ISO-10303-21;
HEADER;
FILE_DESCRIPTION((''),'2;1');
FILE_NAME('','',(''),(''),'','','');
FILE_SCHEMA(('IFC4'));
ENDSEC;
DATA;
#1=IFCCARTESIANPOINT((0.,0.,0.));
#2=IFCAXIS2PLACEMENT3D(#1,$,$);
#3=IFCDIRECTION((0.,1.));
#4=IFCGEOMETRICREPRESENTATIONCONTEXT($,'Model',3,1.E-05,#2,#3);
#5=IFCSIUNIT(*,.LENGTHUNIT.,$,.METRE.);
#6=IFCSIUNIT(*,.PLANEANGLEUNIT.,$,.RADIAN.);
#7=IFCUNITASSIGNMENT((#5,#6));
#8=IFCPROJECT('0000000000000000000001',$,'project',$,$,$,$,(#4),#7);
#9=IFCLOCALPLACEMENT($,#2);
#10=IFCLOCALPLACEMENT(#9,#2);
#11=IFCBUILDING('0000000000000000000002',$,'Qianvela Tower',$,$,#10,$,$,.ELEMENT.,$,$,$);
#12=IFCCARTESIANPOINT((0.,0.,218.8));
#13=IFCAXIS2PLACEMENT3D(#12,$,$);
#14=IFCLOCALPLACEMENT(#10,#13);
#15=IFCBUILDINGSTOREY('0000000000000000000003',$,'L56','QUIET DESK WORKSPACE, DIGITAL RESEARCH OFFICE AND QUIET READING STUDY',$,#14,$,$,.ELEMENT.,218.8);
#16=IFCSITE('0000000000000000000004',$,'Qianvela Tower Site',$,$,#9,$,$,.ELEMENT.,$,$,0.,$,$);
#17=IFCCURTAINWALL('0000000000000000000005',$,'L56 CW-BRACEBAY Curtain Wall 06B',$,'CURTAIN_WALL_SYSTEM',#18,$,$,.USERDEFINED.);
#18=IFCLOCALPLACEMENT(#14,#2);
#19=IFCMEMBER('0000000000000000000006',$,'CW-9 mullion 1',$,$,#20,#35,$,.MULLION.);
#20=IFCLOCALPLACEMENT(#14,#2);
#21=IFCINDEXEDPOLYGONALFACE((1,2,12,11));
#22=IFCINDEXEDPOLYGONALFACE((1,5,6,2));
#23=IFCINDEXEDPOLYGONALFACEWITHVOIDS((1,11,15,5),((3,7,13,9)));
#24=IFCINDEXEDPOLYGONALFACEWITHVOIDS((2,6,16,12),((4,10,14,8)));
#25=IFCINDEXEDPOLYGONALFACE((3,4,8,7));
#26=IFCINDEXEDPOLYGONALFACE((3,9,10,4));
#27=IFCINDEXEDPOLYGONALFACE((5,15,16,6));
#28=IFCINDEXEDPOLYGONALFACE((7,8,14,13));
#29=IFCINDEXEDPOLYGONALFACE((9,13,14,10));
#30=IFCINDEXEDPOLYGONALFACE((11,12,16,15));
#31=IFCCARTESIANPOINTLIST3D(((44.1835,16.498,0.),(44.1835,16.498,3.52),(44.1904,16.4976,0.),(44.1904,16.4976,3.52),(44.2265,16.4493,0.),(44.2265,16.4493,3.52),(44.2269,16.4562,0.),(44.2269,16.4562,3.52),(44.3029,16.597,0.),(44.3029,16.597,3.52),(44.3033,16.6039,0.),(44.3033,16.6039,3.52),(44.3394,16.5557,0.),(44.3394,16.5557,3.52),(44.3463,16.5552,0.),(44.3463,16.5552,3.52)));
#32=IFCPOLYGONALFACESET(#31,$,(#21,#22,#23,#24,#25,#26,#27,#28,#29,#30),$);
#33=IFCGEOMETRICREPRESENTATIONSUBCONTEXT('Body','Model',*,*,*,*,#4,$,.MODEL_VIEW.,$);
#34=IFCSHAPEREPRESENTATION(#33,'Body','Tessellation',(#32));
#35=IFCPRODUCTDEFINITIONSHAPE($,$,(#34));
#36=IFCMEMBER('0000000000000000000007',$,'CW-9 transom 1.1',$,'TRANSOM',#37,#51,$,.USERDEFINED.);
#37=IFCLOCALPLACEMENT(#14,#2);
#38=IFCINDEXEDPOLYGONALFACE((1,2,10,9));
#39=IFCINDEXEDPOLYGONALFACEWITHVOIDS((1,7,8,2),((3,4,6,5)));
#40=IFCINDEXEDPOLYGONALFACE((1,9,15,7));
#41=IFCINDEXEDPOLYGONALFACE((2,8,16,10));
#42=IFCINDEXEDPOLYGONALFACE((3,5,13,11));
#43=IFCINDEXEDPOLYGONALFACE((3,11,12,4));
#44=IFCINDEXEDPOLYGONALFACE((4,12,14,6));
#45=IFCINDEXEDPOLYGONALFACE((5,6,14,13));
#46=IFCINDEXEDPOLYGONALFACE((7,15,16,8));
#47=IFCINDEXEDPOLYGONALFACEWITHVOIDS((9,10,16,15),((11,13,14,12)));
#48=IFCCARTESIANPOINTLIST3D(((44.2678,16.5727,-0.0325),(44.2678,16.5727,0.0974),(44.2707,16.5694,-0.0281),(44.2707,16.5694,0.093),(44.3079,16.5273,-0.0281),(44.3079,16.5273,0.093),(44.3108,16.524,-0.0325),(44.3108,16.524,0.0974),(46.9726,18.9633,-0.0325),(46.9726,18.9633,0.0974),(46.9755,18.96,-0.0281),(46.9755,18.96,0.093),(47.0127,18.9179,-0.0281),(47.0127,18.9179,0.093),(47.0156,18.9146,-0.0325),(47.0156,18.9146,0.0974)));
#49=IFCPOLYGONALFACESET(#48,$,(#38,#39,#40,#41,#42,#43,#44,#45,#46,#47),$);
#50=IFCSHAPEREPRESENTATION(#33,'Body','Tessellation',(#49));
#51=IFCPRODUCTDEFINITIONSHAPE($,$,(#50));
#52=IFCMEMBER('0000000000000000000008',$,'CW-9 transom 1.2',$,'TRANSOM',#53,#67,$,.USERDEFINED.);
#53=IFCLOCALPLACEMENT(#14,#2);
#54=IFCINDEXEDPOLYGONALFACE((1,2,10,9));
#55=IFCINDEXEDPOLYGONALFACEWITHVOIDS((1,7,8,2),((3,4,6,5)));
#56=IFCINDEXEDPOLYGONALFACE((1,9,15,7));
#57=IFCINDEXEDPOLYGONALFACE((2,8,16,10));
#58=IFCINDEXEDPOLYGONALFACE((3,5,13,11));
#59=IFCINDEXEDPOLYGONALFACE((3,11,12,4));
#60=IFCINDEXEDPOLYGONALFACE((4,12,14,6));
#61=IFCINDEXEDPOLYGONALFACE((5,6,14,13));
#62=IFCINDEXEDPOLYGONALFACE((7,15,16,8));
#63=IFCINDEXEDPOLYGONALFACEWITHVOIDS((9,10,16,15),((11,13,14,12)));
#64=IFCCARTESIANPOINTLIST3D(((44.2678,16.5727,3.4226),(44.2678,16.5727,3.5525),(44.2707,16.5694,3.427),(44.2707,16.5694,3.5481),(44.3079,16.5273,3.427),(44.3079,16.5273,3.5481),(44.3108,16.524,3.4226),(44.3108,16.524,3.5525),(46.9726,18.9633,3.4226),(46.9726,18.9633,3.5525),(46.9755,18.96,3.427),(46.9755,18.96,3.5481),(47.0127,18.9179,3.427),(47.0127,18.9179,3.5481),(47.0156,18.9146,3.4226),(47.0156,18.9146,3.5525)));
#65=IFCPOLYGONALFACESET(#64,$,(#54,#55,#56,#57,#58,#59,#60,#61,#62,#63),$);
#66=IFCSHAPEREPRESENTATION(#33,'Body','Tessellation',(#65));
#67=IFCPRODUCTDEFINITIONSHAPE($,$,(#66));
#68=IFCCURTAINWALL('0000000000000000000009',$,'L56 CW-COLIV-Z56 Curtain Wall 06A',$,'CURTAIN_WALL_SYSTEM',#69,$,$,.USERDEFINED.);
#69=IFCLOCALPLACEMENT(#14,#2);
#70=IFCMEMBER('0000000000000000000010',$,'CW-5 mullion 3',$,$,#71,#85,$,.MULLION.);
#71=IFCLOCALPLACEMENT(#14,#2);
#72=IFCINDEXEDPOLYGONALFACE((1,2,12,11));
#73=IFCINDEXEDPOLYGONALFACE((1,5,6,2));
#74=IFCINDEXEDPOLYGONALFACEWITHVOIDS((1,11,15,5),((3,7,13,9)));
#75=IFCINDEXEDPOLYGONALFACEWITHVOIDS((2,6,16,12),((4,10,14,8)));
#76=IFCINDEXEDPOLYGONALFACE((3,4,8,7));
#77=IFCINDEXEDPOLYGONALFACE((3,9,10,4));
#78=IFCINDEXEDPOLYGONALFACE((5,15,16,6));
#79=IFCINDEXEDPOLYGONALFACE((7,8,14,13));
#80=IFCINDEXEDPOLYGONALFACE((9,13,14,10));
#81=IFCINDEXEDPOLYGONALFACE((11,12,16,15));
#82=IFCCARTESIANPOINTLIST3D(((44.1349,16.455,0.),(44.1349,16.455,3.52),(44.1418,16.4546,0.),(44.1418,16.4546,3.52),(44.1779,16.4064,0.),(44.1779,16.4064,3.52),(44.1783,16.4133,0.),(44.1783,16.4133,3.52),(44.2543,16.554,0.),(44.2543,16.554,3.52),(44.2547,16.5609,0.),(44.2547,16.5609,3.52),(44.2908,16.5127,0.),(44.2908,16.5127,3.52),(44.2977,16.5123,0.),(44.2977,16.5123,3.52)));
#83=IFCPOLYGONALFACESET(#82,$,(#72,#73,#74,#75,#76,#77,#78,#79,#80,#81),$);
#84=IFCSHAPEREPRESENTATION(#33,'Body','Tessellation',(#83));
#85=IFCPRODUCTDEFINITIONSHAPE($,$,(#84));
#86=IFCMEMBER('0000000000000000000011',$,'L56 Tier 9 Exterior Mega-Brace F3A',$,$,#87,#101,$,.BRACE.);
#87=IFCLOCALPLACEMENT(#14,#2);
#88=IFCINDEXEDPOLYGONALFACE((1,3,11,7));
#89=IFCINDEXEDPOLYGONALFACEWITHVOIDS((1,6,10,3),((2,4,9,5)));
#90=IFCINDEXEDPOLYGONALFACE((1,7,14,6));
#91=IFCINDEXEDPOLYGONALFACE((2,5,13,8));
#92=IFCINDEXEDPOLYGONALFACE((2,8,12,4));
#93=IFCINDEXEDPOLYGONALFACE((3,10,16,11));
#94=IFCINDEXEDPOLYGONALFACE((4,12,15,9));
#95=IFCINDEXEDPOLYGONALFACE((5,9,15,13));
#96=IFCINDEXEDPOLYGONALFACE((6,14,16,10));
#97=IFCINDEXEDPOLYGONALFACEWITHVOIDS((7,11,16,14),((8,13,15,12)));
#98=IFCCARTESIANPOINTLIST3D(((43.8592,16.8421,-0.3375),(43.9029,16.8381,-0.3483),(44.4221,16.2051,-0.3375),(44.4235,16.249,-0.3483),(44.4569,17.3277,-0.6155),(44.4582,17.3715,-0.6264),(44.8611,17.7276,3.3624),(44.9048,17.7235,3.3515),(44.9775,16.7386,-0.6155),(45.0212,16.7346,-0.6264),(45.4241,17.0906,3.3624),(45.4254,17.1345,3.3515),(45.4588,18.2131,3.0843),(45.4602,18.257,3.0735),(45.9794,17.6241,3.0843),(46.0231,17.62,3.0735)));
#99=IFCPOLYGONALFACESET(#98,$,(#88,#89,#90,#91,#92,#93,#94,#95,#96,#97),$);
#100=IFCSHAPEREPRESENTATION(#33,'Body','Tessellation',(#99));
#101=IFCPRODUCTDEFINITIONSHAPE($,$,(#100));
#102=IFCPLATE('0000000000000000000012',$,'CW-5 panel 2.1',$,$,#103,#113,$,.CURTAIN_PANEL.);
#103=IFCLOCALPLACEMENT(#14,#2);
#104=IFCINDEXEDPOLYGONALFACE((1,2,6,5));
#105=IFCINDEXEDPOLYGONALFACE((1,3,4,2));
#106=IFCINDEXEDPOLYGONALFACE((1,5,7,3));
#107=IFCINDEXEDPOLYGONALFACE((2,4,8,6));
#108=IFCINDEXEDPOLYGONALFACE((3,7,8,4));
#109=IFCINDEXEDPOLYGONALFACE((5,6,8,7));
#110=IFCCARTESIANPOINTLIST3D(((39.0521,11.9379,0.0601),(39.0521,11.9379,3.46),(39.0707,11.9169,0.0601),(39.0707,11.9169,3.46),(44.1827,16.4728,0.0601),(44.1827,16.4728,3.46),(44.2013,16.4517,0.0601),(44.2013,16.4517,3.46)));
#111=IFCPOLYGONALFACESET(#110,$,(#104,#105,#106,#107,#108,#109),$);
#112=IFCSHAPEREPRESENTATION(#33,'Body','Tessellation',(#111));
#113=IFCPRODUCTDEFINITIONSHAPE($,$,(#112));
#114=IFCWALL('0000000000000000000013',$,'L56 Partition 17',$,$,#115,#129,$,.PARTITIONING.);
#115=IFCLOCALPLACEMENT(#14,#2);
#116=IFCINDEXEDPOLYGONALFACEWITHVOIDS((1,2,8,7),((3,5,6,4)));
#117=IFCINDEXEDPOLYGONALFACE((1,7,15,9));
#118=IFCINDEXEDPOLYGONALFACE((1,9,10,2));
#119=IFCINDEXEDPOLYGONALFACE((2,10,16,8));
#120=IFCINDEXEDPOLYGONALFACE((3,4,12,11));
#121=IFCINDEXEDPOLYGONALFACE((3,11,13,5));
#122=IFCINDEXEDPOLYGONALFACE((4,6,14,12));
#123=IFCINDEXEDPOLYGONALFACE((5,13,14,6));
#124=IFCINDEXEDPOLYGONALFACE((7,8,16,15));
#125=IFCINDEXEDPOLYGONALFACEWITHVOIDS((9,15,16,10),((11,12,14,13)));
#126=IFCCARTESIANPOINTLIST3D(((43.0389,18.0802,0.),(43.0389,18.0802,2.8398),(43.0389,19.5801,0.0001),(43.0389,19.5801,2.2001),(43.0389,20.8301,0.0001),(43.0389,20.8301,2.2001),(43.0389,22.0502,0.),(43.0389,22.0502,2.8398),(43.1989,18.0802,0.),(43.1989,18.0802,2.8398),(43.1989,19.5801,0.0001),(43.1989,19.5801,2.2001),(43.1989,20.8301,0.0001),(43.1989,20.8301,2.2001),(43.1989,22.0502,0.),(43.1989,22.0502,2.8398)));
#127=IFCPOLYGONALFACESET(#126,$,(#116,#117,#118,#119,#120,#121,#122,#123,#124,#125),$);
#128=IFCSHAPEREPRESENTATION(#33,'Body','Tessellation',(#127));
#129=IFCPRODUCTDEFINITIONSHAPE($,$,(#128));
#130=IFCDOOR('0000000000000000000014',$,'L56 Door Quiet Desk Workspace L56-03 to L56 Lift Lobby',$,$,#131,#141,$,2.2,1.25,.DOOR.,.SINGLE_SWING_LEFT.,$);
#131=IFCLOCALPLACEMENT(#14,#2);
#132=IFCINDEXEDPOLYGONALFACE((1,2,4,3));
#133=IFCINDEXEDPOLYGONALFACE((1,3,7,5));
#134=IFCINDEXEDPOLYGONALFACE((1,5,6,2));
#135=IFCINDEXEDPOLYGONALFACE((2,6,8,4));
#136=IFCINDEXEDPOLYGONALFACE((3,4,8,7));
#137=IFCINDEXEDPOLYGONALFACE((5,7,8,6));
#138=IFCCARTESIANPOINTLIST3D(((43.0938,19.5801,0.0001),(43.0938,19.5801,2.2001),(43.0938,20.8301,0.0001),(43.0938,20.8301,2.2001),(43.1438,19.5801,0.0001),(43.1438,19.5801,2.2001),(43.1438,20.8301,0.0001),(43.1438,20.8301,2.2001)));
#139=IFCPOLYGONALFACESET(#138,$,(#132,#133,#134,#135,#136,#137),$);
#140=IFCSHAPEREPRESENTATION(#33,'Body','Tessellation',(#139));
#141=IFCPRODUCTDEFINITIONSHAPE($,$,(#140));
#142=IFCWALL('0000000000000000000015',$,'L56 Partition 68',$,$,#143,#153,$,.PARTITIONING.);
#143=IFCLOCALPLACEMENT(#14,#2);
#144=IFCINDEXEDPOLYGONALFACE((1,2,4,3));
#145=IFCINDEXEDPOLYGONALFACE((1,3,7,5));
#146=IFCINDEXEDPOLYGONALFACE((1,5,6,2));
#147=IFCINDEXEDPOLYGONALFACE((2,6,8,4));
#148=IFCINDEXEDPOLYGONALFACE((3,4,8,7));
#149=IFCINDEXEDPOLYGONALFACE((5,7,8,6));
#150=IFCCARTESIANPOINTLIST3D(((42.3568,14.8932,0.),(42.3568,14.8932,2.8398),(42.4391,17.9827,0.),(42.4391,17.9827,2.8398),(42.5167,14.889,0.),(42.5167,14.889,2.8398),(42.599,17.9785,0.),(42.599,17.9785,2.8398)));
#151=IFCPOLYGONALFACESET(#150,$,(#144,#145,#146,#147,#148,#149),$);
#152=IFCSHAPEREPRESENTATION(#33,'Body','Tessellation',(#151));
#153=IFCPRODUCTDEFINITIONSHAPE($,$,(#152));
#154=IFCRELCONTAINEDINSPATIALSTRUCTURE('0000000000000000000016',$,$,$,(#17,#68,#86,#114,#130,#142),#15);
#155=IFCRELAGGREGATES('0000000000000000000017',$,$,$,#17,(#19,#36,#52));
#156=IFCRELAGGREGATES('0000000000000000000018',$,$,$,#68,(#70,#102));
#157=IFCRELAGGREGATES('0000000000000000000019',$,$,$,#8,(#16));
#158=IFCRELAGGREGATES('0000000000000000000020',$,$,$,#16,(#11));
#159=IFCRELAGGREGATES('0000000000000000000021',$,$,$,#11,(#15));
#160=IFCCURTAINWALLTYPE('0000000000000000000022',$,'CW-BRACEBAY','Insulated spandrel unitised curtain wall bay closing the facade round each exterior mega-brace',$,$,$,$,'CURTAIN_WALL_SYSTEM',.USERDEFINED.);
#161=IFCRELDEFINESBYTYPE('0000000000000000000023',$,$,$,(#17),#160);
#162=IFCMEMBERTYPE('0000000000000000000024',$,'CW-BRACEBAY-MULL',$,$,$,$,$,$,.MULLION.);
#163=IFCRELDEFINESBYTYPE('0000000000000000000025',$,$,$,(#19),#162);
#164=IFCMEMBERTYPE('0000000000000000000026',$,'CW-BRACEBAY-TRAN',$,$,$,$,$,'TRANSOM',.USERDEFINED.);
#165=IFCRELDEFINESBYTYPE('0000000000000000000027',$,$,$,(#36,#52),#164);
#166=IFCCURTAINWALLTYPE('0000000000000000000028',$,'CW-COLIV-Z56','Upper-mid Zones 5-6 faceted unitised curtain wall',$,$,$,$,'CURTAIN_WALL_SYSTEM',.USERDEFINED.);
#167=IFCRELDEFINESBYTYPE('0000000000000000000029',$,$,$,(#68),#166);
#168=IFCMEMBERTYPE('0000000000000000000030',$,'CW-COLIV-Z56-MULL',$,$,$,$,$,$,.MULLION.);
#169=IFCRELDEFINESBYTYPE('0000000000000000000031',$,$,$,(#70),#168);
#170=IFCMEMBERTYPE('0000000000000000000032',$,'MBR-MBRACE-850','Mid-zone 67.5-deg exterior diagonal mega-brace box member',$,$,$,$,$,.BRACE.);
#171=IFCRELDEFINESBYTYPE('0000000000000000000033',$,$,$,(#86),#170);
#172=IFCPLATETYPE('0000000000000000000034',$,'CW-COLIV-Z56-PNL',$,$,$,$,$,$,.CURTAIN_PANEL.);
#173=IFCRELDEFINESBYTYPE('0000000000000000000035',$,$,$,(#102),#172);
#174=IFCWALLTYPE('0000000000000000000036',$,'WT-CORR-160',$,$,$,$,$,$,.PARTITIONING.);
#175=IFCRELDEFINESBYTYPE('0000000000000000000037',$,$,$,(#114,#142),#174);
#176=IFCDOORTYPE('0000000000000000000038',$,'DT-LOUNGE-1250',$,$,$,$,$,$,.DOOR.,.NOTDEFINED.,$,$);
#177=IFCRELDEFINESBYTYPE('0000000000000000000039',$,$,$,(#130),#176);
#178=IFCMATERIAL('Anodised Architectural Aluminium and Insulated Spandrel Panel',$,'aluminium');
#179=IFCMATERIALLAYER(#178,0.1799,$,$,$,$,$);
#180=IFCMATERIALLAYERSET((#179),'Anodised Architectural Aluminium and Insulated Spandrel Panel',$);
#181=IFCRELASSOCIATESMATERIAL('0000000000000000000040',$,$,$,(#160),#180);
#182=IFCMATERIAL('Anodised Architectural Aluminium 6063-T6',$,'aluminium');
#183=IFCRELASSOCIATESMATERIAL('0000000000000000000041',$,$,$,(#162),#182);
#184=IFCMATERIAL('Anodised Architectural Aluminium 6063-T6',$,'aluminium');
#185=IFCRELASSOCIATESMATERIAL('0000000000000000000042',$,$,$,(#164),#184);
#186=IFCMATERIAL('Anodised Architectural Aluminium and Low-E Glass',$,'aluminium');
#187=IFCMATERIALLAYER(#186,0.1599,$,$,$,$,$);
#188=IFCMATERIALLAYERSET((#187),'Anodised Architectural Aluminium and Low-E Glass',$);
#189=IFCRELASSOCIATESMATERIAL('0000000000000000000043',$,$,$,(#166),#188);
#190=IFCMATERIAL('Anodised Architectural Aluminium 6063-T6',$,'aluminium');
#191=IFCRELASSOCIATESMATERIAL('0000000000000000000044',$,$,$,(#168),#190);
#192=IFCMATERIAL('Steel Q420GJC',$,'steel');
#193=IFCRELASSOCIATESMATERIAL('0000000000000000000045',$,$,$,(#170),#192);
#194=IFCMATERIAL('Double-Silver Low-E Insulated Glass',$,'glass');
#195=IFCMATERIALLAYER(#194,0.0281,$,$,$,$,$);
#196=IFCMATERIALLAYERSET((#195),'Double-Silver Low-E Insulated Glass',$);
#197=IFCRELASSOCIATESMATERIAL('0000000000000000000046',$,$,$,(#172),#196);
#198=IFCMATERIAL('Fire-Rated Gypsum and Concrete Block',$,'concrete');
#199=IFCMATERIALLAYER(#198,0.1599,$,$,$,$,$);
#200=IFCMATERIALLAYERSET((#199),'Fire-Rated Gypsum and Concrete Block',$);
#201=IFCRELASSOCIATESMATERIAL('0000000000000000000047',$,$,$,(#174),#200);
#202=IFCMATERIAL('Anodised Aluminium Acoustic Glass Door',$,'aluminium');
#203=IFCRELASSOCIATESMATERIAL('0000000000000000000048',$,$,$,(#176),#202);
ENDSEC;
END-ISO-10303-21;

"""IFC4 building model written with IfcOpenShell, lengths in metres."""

from ifc_helpers import new_model, si_unit, direction, frame, frame_2d, origin, origin_2d, place, context, subcontext, project, spatial, rectangle, hollow_rectangle, extrude, material, layer, layer_set, material_profile, profile_set, type_object, element, fill, aggregate, save


model = new_model("IFC4")

# Units and contexts
model_context = context("Model", 3, precision=1e-05, world=origin(), true_north=direction((0.0, 1.0)))
body_context = subcontext(model_context, "Body", "Model", "MODEL_VIEW")
ifc_project = project(units=[si_unit("LENGTHUNIT", "METRE"), si_unit("PLANEANGLEUNIT", "RADIAN")], contexts=[model_context])

# Site, building, storey
site_placement = place(None, origin())
site = spatial("IfcSite", under=ifc_project, at=site_placement, Name="Qianvela Tower Site", CompositionType="ELEMENT", RefElevation=0.0)
building_placement = place(site_placement, origin())
building = spatial("IfcBuilding", under=site, at=building_placement, Name="Qianvela Tower", CompositionType="ELEMENT")
storey_placement = place(building_placement, frame((0.0, 0.0, 218.8)))
storey = spatial("IfcBuildingStorey", under=building, at=storey_placement, Name="L56", Description="QUIET DESK WORKSPACE, DIGITAL RESEARCH OFFICE AND QUIET READING STUDY", CompositionType="ELEMENT", Elevation=218.8)

# Curtain wall, members
ifc_material_1 = material(Name="Anodised Architectural Aluminium and Insulated Spandrel Panel", Category="aluminium")
ifc_layer_1 = layer(ifc_material_1, 0.1799)
ifc_layer_set_1 = layer_set([ifc_layer_1], Name="Anodised Architectural Aluminium and Insulated Spandrel Panel")
curtain_wall_type_1 = type_object("IfcCurtainWallType", Name="CW-BRACEBAY", Description="Insulated spandrel unitised curtain wall bay closing the facade round each exterior mega-brace", ElementType="CURTAIN_WALL_SYSTEM", PredefinedType="USERDEFINED", material=ifc_layer_set_1)
curtain_wall_1_placement = place(storey_placement, origin())
curtain_wall_1 = element("IfcCurtainWall", 1, at=curtain_wall_1_placement, inside=storey, type_object=curtain_wall_type_1, Name="L56 CW-BRACEBAY Curtain Wall 06B", ObjectType="CURTAIN_WALL_SYSTEM", PredefinedType="USERDEFINED")
ifc_material_2 = material(Name="Anodised Architectural Aluminium 6063-T6", Category="aluminium")
ifc_material_profile_1 = material_profile(ifc_material_2, hollow_rectangle(XDim=0.0649, YDim=0.1599, WallThickness=0.0049, at=origin_2d()), Name="ALU-MULL-65x160")
ifc_profile_set_1 = profile_set([ifc_material_profile_1], Name="Anodised Architectural Aluminium 6063-T6")
member_type_1 = type_object("IfcMemberType", Name="CW-BRACEBAY-MULL", PredefinedType="MULLION", material=ifc_profile_set_1)
member_1_placement = place(storey_placement, frame((44.2649, 16.5266, 0.0), z_axis=(0.0, 0.0, 1.0), x_axis=(-0.662265, 0.74927, 0.0)))
member_1 = element("IfcMember", 2, at=member_1_placement, type_object=member_type_1, Name="CW-9 mullion 1", PredefinedType="MULLION", context=body_context, shape_type="SweptSolid", body=[
    extrude(hollow_rectangle(XDim=0.0649, YDim=0.1599, WallThickness=0.0049, at=origin_2d()), origin(), (0.0, 0.0, 1.0), 3.52),
])
ifc_material_3 = material(Name="Anodised Architectural Aluminium 6063-T6", Category="aluminium")
ifc_material_profile_2 = material_profile(ifc_material_3, hollow_rectangle(XDim=0.0649, YDim=0.1299, WallThickness=0.0044, at=origin_2d()), Name="ALU-TRAN-65x130")
ifc_profile_set_2 = profile_set([ifc_material_profile_2], Name="Anodised Architectural Aluminium 6063-T6")
member_type_2 = type_object("IfcMemberType", Name="CW-BRACEBAY-TRAN", ElementType="TRANSOM", PredefinedType="USERDEFINED", material=ifc_profile_set_2)
member_2_placement = place(storey_placement, frame((44.2893, 16.5483, 0.0325), z_axis=(0.749287, 0.662245, 0.0), x_axis=(-0.662245, 0.749287, 0.0)))
member_2 = element("IfcMember", 3, at=member_2_placement, type_object=member_type_2, Name="CW-9 transom 1.1", ObjectType="TRANSOM", PredefinedType="USERDEFINED", context=body_context, shape_type="SweptSolid", body=[
    extrude(hollow_rectangle(XDim=0.0649, YDim=0.1299, WallThickness=0.0044, at=origin_2d()), origin(), (0.0, 0.0, 1.0), 3.6099),
])
member_3_placement = place(storey_placement, frame((44.2893, 16.5483, 3.4875), z_axis=(0.749287, 0.662245, 0.0), x_axis=(-0.662245, 0.749287, 0.0)))
member_3 = element("IfcMember", 4, at=member_3_placement, type_object=member_type_2, Name="CW-9 transom 1.2", ObjectType="TRANSOM", PredefinedType="USERDEFINED", context=body_context, shape_type="SweptSolid", body=[
    extrude(hollow_rectangle(XDim=0.0649, YDim=0.1299, WallThickness=0.0044, at=origin_2d()), origin(), (0.0, 0.0, 1.0), 3.6099),
])
aggregate(curtain_wall_1, [member_1, member_2, member_3])

# Curtain wall, member
ifc_material_4 = material(Name="Anodised Architectural Aluminium and Low-E Glass", Category="aluminium")
ifc_layer_2 = layer(ifc_material_4, 0.1599)
ifc_layer_set_2 = layer_set([ifc_layer_2], Name="Anodised Architectural Aluminium and Low-E Glass")
curtain_wall_type_2 = type_object("IfcCurtainWallType", Name="CW-COLIV-Z56", Description="Upper-mid Zones 5-6 faceted unitised curtain wall", ElementType="CURTAIN_WALL_SYSTEM", PredefinedType="USERDEFINED", material=ifc_layer_set_2)
curtain_wall_2_placement = place(storey_placement, origin())
curtain_wall_2 = element("IfcCurtainWall", 5, at=curtain_wall_2_placement, inside=storey, type_object=curtain_wall_type_2, Name="L56 CW-COLIV-Z56 Curtain Wall 06A", ObjectType="CURTAIN_WALL_SYSTEM", PredefinedType="USERDEFINED")
ifc_material_5 = material(Name="Anodised Architectural Aluminium 6063-T6", Category="aluminium")
ifc_material_profile_3 = material_profile(ifc_material_5, hollow_rectangle(XDim=0.0649, YDim=0.1599, WallThickness=0.0049, at=origin_2d()), Name="ALU-MULL-65x160")
ifc_profile_set_3 = profile_set([ifc_material_profile_3], Name="Anodised Architectural Aluminium 6063-T6")
member_type_3 = type_object("IfcMemberType", Name="CW-COLIV-Z56-MULL", PredefinedType="MULLION", material=ifc_profile_set_3)
member_4_placement = place(storey_placement, frame((44.2163, 16.4836, 0.0), z_axis=(0.0, 0.0, 1.0), x_axis=(-0.662269, 0.749267, 0.0)))
member_4 = element("IfcMember", 6, at=member_4_placement, type_object=member_type_3, Name="CW-5 mullion 3", PredefinedType="MULLION", context=body_context, shape_type="SweptSolid", body=[
    extrude(hollow_rectangle(XDim=0.0649, YDim=0.1599, WallThickness=0.0049, at=origin_2d()), origin(), (0.0, 0.0, 1.0), 3.52),
])

# Member
ifc_material_6 = material(Name="Steel Q420GJC", Category="steel")
ifc_material_profile_4 = material_profile(ifc_material_6, hollow_rectangle(XDim=0.8501, YDim=0.8501, WallThickness=0.032, at=origin_2d()), Name="MBOX-850x850x32")
ifc_profile_set_4 = profile_set([ifc_material_profile_4], Name="Steel Q420GJC")
member_type_4 = type_object("IfcMemberType", Name="MBR-MBRACE-850", Description="Mid-zone 67.5-deg exterior diagonal mega-brace box member", PredefinedType="BRACE", material=ifc_profile_set_4)
member_5_placement = place(storey_placement, frame((44.4402, 16.7883, -0.4819), z_axis=(0.25468, 0.225079, 0.940467), x_axis=(-0.662219, 0.74931, 0.0)))
element("IfcMember", 7, at=member_5_placement, inside=storey, type_object=member_type_4, Name="L56 Tier 9 Exterior Mega-Brace F3A", PredefinedType="BRACE", context=body_context, shape_type="SweptSolid", body=[
    extrude(hollow_rectangle(XDim=0.8501, YDim=0.8501, WallThickness=0.032, at=origin_2d()), origin(), (0.0, 0.0, 1.0), 3.9341),
])

# Plate
ifc_material_7 = material(Name="Double-Silver Low-E Insulated Glass", Category="glass")
ifc_layer_3 = layer(ifc_material_7, 0.0281)
ifc_layer_set_3 = layer_set([ifc_layer_3], Name="Double-Silver Low-E Insulated Glass")
plate_type = type_object("IfcPlateType", Name="CW-COLIV-Z56-PNL", PredefinedType="CURTAIN_PANEL", material=ifc_layer_set_3)
plate_placement = place(storey_placement, frame((41.6267, 14.1948, 0.0601), z_axis=(0.0, 0.0, 1.0), x_axis=(0.749267, 0.662269, 0.0)))
plate = element("IfcPlate", 8, at=plate_placement, type_object=plate_type, Name="CW-5 panel 2.1", PredefinedType="CURTAIN_PANEL", context=body_context, shape_type="SweptSolid", body=[
    extrude(rectangle(XDim=6.8474, YDim=0.0281, at=origin_2d()), origin(), (0.0, 0.0, 1.0), 3.3999),
])
aggregate(curtain_wall_2, [member_4, plate])

# Wall, opening, door
ifc_material_8 = material(Name="Fire-Rated Gypsum and Concrete Block", Category="concrete")
ifc_layer_4 = layer(ifc_material_8, 0.1599)
ifc_layer_set_4 = layer_set([ifc_layer_4], Name="Fire-Rated Gypsum and Concrete Block")
wall_type_1 = type_object("IfcWallType", Name="WT-CORR-160", PredefinedType="PARTITIONING", material=ifc_layer_set_4)
wall_1_placement = place(storey_placement, frame((43.1189, 22.05, 0.0), z_axis=(0.0, 0.0, 1.0), x_axis=(0.0, -1.0, 0.0)))
wall_1 = element("IfcWall", 9, at=wall_1_placement, inside=storey, type_object=wall_type_1, Name="L56 Partition 17", PredefinedType="PARTITIONING", context=body_context, shape_type="SweptSolid", body=[
    extrude(rectangle(XDim=3.97, YDim=0.1599, at=frame_2d((1.9849, 0.0))), origin(), (0.0, 0.0, 1.0), 2.8398),
])
opening_1_placement = place(wall_1_placement, frame((1.22, 0.0, 0.0)))
opening_1 = element("IfcOpeningElement", 10, at=opening_1_placement, cuts=wall_1, PredefinedType="OPENING", context=body_context, shape_type="SweptSolid", body=[
    extrude(rectangle(XDim=1.25, YDim=2.2, at=frame_2d((0.625, 1.1001))), frame((0.0, 0.0898, 0.0), z_axis=(0.0, -1.0, 0.0), x_axis=(1.0, 0.0, 0.0)), (0.0, 0.0, 1.0), 0.1799),
])
ifc_material_9 = material(Name="Anodised Aluminium Acoustic Glass Door", Category="aluminium")
door_type_1 = type_object("IfcDoorType", Name="DT-LOUNGE-1250", OperationType="NOTDEFINED", PredefinedType="DOOR", material=ifc_material_9)
door_1_placement = place(opening_1_placement, origin())
door_1 = element("IfcDoor", 11, at=door_1_placement, inside=storey, type_object=door_type_1, Name="L56 Door Quiet Desk Workspace L56-03 to L56 Lift Lobby", OperationType="SINGLE_SWING_LEFT", OverallHeight=2.2, OverallWidth=1.25, PredefinedType="DOOR", context=body_context, shape_type="SweptSolid", body=[
    extrude(rectangle(XDim=1.25, YDim=2.2, at=frame_2d((0.625, 1.1001))), frame((0.0, 0.0249, 0.0), z_axis=(0.0, -1.0, 0.0), x_axis=(1.0, 0.0, 0.0)), (0.0, 0.0, 1.0), 0.05),
])
fill(opening_1, door_1)

# Wall
wall_2_placement = place(storey_placement, frame((42.519, 17.9807, 0.0), z_axis=(0.0, 0.0, 1.0), x_axis=(-0.02662, -0.999646, 0.0)))
element("IfcWall", 12, at=wall_2_placement, inside=storey, type_object=wall_type_1, Name="L56 Partition 68", PredefinedType="PARTITIONING", context=body_context, shape_type="SweptSolid", body=[
    extrude(rectangle(XDim=3.0906, YDim=0.1599, at=frame_2d((1.5454, 0.0))), origin(), (0.0, 0.0, 1.0), 2.8398),
])

save(model, "model.ifc")
